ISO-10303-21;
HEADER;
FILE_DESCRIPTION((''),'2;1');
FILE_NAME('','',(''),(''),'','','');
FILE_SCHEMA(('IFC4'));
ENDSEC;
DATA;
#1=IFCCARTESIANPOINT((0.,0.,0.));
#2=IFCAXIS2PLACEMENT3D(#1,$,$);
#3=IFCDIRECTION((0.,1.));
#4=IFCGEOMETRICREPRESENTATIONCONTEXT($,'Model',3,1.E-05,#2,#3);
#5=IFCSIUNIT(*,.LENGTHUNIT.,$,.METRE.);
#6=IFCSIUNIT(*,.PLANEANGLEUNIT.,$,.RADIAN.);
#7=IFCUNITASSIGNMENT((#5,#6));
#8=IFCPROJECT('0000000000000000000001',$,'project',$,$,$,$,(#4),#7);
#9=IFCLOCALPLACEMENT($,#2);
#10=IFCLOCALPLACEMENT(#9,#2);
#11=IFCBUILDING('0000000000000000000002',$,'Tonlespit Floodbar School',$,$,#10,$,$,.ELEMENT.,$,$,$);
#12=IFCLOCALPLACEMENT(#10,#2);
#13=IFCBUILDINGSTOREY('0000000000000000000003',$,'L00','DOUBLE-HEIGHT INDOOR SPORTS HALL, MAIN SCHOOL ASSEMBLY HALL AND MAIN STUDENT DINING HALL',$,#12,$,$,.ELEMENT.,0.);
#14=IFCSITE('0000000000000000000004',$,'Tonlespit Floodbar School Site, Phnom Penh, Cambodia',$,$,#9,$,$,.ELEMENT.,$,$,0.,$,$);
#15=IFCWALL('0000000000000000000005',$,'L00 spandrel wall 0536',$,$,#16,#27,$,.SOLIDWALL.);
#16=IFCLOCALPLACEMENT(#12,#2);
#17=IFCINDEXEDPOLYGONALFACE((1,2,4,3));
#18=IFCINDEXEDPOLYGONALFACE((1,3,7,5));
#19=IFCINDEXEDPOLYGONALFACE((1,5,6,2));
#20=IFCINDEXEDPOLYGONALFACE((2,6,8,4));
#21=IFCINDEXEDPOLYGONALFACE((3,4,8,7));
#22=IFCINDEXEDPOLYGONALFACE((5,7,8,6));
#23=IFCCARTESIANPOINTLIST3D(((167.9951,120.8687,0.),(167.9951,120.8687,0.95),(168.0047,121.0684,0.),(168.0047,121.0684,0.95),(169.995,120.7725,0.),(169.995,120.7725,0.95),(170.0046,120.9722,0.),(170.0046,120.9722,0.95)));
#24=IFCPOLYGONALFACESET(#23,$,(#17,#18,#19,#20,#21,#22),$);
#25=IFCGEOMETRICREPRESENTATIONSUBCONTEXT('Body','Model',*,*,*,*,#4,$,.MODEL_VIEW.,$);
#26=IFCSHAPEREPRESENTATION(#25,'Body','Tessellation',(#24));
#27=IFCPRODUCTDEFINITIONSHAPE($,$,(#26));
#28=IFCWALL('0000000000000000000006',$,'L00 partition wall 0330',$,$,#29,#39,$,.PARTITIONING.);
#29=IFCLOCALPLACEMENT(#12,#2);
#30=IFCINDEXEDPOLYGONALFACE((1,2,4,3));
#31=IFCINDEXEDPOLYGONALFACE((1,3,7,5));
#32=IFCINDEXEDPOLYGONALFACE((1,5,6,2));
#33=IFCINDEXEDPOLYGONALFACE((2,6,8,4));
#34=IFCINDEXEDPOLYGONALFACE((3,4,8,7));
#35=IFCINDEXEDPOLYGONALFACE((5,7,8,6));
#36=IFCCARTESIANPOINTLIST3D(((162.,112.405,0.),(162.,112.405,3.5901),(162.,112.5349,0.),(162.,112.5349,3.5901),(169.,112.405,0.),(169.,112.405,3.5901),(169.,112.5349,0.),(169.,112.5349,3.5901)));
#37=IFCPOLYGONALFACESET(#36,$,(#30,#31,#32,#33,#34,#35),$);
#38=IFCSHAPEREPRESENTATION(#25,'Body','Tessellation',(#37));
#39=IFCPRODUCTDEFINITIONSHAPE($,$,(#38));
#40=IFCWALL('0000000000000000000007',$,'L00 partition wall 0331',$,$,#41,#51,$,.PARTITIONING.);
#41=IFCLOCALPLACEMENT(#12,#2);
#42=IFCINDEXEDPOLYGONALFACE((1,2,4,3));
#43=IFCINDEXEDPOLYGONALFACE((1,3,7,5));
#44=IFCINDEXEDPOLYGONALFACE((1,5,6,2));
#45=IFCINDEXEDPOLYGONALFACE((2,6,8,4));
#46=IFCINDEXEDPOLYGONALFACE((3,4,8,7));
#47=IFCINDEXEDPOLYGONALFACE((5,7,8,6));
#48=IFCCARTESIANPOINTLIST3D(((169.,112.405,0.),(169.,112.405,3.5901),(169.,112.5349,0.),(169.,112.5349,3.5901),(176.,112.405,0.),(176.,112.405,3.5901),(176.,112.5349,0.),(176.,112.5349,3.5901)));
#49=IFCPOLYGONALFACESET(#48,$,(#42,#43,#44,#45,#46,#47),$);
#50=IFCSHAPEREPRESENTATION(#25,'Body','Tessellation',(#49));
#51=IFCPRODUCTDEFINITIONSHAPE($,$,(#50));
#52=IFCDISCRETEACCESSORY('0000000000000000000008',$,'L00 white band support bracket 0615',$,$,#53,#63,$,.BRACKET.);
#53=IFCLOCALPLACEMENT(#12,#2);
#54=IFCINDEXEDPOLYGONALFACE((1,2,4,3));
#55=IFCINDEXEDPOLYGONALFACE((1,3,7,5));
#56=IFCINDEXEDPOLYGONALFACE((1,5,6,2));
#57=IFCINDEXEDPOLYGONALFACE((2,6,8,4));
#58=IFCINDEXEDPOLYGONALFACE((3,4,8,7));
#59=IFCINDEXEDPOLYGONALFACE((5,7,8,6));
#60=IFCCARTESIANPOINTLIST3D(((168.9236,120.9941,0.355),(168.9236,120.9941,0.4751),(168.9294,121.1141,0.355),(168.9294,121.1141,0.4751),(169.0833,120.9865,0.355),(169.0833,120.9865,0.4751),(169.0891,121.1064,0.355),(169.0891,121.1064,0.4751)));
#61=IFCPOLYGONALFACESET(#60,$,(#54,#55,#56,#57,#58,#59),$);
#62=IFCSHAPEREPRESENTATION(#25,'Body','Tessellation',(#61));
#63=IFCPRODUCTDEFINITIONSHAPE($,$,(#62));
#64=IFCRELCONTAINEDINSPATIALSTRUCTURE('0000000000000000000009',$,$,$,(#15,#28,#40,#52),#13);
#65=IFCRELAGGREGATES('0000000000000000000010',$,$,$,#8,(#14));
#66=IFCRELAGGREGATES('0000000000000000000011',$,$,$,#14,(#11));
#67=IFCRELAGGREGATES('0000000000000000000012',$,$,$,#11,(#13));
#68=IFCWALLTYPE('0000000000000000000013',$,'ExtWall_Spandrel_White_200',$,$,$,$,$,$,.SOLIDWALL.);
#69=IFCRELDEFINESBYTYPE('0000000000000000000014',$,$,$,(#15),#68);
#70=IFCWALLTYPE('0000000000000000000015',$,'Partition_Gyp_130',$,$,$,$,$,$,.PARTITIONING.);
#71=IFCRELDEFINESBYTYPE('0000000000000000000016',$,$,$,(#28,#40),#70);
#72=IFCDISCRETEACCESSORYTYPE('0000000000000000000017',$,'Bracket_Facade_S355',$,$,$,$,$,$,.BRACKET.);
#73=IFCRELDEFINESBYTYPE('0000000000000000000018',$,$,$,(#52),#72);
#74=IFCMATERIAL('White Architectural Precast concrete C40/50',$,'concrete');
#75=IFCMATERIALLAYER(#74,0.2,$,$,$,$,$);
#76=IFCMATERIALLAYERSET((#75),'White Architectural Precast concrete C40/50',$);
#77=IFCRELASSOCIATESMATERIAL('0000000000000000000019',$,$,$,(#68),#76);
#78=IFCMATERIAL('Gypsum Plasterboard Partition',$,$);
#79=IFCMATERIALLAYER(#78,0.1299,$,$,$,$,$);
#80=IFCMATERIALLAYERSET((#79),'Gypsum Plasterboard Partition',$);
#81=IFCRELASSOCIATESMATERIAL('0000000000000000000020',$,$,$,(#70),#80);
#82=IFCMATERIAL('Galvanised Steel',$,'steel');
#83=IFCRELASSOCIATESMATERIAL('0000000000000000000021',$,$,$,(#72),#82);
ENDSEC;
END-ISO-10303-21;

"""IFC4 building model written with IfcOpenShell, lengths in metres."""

from ifc_helpers import new_model, si_unit, direction, frame, frame_2d, origin, origin_2d, place, context, subcontext, project, spatial, rectangle, extrude, material, layer, layer_set, type_object, element, save


model = new_model("IFC4")

# Units and contexts
model_context = context("Model", 3, precision=1e-05, world=origin(), true_north=direction((0.0, 1.0)))
body_context = subcontext(model_context, "Body", "Model", "MODEL_VIEW")
ifc_project = project(units=[si_unit("LENGTHUNIT", "METRE"), si_unit("PLANEANGLEUNIT", "RADIAN")], contexts=[model_context])

# Site, building, storey
site_placement = place(None, origin())
site = spatial("IfcSite", under=ifc_project, at=site_placement, Name="Tonlespit Floodbar School Site, Phnom Penh, Cambodia", CompositionType="ELEMENT", RefElevation=0.0)
building_placement = place(site_placement, origin())
building = spatial("IfcBuilding", under=site, at=building_placement, Name="Tonlespit Floodbar School", CompositionType="ELEMENT")
storey_placement = place(building_placement, origin())
storey = spatial("IfcBuildingStorey", under=building, at=storey_placement, Name="L00", Description="DOUBLE-HEIGHT INDOOR SPORTS HALL, MAIN SCHOOL ASSEMBLY HALL AND MAIN STUDENT DINING HALL", CompositionType="ELEMENT", Elevation=0.0)

# Walls
ifc_material_1 = material(Name="White Architectural Precast concrete C40/50", Category="concrete")
ifc_layer_1 = layer(ifc_material_1, 0.2)
ifc_layer_set_1 = layer_set([ifc_layer_1], Name="White Architectural Precast concrete C40/50")
wall_type_1 = type_object("IfcWallType", Name="ExtWall_Spandrel_White_200", PredefinedType="SOLIDWALL", material=ifc_layer_set_1)
wall_placement = place(storey_placement, frame((168.0, 120.9685, 0.0), z_axis=(0.0, 0.0, 1.0), x_axis=(0.998845, -0.04804, 0.0)))
element("IfcWall", 1, at=wall_placement, inside=storey, type_object=wall_type_1, Name="L00 spandrel wall 0536", PredefinedType="SOLIDWALL", context=body_context, shape_type="SweptSolid", body=[
    extrude(rectangle(XDim=2.0022, YDim=0.2, at=frame_2d((1.001, 0.0))), origin(), (0.0, 0.0, 1.0), 0.95),
])
ifc_material_2 = material(Name="Gypsum Plasterboard Partition")
ifc_layer_2 = layer(ifc_material_2, 0.1299)
ifc_layer_set_2 = layer_set([ifc_layer_2], Name="Gypsum Plasterboard Partition")
wall_type_2 = type_object("IfcWallType", Name="Partition_Gyp_130", PredefinedType="PARTITIONING", material=ifc_layer_set_2)
for number, where, z_axis, x_axis, name in (
    (2, (162.0, 112.47, 0.0), (0.0, 0.0, 1.0), (1.0, 0.0, 0.0), "L00 partition wall 0330"),
    (3, (169.0, 112.47, 0.0), (0.0, 0.0, 1.0), (1.0, 0.0, 0.0), "L00 partition wall 0331"),
):
    element("IfcWall", number, at=place(storey_placement, frame(where, z_axis=z_axis, x_axis=x_axis)), inside=storey, type_object=wall_type_2, Name=name, PredefinedType="PARTITIONING", context=body_context, shape_type="SweptSolid", body=[
        extrude(rectangle(XDim=7.0, YDim=0.1299, at=frame_2d((3.5, 0.0))), origin(), (0.0, 0.0, 1.0), 3.5901),
    ])

# Discrete accessory
ifc_material_3 = material(Name="Galvanised Steel", Category="steel")
discrete_accessory_type = type_object("IfcDiscreteAccessoryType", Name="Bracket_Facade_S355", PredefinedType="BRACKET", material=ifc_material_3)
discrete_accessory_placement = place(storey_placement, frame((169.0063, 121.0503, 0.355), z_axis=(0.0, 0.0, 1.0), x_axis=(0.998843, -0.048095, 0.0)))
element("IfcDiscreteAccessory", 4, at=discrete_accessory_placement, inside=storey, type_object=discrete_accessory_type, Name="L00 white band support bracket 0615", PredefinedType="BRACKET", context=body_context, shape_type="SweptSolid", body=[
    extrude(rectangle(XDim=0.1599, YDim=0.1201, at=origin_2d()), origin(), (0.0, 0.0, 1.0), 0.1201),
])

save(model, "model.ifc")
